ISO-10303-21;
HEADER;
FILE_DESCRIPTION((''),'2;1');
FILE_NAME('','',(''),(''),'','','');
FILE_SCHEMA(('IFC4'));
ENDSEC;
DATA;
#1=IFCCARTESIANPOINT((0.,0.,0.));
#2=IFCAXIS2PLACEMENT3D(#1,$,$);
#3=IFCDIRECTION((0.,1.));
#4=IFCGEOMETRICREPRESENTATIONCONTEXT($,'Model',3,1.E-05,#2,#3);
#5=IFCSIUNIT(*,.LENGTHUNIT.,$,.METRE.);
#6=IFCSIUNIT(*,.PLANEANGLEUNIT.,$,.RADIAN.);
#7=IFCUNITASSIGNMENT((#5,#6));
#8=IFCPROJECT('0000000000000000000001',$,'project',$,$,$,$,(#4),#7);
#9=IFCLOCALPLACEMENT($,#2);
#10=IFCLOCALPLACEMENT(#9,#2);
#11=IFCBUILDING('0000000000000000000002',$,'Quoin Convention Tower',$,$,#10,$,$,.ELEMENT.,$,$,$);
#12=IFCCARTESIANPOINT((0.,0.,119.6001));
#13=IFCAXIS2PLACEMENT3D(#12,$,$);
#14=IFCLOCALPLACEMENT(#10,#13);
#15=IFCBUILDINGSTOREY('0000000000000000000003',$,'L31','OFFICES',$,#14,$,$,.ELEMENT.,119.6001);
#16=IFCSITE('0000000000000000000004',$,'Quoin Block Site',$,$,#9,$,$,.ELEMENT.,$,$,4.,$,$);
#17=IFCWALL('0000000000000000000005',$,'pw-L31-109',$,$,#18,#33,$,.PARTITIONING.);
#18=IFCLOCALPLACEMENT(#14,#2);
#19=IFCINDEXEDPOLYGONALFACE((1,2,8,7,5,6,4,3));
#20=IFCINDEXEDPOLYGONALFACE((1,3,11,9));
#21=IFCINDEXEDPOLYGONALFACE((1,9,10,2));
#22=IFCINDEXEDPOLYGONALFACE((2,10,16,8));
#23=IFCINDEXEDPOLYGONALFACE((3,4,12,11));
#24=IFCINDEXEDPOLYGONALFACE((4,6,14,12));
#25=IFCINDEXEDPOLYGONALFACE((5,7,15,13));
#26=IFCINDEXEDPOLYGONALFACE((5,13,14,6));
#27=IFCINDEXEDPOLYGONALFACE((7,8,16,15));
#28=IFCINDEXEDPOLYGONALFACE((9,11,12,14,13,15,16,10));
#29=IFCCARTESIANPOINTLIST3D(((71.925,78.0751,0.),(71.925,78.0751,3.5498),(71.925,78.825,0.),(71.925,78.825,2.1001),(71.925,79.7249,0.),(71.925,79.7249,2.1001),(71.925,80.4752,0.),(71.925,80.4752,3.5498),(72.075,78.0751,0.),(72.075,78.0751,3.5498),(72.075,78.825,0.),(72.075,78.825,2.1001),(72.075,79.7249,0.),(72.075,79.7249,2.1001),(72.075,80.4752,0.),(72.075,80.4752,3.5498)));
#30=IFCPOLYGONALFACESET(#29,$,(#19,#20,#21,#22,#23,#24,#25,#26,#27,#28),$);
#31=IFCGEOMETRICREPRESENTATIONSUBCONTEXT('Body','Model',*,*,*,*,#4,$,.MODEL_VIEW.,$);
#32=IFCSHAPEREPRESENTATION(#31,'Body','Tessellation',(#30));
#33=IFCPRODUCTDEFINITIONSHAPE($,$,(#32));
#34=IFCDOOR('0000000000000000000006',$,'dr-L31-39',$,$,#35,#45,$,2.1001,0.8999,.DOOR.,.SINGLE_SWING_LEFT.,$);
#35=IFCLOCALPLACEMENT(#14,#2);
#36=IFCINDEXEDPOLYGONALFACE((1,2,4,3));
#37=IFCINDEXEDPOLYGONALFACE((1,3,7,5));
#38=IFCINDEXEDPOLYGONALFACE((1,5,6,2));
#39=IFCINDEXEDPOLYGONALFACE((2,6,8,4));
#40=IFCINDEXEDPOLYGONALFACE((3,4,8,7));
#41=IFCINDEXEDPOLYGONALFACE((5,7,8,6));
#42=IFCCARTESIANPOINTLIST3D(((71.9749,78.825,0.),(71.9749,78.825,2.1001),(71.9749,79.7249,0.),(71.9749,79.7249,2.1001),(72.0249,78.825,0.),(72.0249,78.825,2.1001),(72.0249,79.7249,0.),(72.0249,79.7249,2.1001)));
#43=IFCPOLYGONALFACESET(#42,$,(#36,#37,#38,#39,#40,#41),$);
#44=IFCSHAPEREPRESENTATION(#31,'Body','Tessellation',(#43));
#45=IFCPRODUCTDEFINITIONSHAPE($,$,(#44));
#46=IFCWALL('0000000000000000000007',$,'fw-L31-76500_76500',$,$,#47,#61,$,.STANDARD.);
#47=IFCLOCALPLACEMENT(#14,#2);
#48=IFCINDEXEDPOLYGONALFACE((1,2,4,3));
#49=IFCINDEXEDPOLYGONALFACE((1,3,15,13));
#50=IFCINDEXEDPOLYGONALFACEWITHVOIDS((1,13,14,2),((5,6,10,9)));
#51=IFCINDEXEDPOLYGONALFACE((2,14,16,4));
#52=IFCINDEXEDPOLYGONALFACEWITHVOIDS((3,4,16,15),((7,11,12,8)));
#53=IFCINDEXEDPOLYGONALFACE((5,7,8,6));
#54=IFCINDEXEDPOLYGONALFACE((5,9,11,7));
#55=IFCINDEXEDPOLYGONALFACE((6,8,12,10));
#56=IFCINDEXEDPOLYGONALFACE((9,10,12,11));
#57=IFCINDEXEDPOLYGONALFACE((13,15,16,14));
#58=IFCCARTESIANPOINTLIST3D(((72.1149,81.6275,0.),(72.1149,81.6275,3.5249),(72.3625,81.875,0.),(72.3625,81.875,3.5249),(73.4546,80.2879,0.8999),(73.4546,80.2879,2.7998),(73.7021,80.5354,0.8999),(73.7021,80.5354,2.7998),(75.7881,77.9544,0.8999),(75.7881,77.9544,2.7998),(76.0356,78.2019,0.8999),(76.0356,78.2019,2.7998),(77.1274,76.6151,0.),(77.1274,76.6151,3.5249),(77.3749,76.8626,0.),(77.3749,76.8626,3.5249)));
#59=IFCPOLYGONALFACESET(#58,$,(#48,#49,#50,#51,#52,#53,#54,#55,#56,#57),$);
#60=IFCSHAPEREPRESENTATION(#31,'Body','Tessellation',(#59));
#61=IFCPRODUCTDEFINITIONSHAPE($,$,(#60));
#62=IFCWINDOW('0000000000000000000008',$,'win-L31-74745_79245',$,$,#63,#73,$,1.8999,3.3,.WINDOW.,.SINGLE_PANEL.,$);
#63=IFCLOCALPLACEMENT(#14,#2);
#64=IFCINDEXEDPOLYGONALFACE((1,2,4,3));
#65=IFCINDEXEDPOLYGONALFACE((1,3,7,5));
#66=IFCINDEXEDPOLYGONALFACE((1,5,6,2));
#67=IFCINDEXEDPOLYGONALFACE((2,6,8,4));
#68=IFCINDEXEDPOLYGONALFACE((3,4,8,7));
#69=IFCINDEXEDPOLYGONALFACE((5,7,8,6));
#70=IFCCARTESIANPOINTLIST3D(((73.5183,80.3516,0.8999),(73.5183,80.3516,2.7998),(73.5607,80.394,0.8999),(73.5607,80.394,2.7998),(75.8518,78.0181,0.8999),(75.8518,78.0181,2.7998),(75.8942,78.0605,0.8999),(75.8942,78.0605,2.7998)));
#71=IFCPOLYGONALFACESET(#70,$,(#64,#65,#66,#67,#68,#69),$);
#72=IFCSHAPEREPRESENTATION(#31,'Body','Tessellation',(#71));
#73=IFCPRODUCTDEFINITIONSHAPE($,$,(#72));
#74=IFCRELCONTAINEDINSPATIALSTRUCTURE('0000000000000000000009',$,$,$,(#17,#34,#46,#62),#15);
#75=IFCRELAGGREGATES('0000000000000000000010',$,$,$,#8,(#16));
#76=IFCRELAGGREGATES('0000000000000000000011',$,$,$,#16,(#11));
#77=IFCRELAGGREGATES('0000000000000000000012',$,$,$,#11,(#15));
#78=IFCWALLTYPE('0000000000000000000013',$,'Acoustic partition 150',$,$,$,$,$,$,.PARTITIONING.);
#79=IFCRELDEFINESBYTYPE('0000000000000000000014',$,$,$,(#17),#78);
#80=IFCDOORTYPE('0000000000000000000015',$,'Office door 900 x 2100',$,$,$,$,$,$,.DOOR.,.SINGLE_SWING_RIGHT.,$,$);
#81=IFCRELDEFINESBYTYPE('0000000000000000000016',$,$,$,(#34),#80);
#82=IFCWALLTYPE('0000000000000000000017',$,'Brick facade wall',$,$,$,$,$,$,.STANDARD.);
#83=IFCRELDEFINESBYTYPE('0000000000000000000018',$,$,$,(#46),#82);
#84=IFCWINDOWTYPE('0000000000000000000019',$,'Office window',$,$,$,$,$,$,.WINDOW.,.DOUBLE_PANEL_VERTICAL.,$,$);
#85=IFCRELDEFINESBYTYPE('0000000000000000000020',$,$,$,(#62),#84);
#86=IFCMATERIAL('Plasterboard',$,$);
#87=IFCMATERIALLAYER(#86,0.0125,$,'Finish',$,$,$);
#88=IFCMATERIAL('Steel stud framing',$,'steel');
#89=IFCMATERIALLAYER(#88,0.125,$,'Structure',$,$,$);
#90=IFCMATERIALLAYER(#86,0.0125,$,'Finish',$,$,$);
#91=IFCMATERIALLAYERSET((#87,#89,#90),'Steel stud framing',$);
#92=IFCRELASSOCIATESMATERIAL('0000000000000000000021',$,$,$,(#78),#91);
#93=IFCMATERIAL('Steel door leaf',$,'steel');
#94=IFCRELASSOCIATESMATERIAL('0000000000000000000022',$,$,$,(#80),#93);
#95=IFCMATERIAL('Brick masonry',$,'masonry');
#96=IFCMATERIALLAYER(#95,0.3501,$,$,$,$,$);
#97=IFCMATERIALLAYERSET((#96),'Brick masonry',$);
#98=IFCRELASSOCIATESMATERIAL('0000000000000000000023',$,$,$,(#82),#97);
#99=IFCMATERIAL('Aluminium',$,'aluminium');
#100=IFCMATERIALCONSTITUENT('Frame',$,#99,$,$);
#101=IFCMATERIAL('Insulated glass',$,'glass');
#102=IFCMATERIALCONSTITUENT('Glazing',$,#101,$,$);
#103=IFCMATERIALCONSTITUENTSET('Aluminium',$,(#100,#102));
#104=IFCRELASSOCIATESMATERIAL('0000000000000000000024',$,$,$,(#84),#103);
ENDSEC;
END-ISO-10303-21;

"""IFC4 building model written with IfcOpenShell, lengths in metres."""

from ifc_helpers import new_model, si_unit, direction, frame, frame_2d, origin, place, context, subcontext, project, spatial, rectangle, extrude, material, layer, layer_set, constituent, constituent_set, type_object, element, fill, save


model = new_model("IFC4")

# Units and contexts
model_context = context("Model", 3, precision=1e-05, world=origin(), true_north=direction((0.0, 1.0)))
body_context = subcontext(model_context, "Body", "Model", "MODEL_VIEW")
ifc_project = project(units=[si_unit("LENGTHUNIT", "METRE"), si_unit("PLANEANGLEUNIT", "RADIAN")], contexts=[model_context])

# Site, building, storey
site_placement = place(None, origin())
site = spatial("IfcSite", under=ifc_project, at=site_placement, Name="Quoin Block Site", CompositionType="ELEMENT", RefElevation=4.0)
building_placement = place(site_placement, origin())
building = spatial("IfcBuilding", under=site, at=building_placement, Name="Quoin Convention Tower", CompositionType="ELEMENT")
storey_placement = place(building_placement, frame((0.0, 0.0, 119.6001)))
storey = spatial("IfcBuildingStorey", under=building, at=storey_placement, Name="L31", Description="OFFICES", CompositionType="ELEMENT", Elevation=119.6001)

# Wall, opening, door
ifc_material_1 = material(Name="Plasterboard")
ifc_layer_1 = layer(ifc_material_1, 0.0125, Name="Finish")
ifc_material_2 = material(Name="Steel stud framing", Category="steel")
ifc_layer_2 = layer(ifc_material_2, 0.125, Name="Structure")
ifc_layer_3 = layer(ifc_material_1, 0.0125, Name="Finish")
ifc_layer_set_1 = layer_set([ifc_layer_1, ifc_layer_2, ifc_layer_3], Name="Steel stud framing")
wall_type_1 = type_object("IfcWallType", Name="Acoustic partition 150", PredefinedType="PARTITIONING", material=ifc_layer_set_1)
ifc_material_3 = material(Name="Steel door leaf", Category="steel")
door_type = type_object("IfcDoorType", Name="Office door 900 x 2100", OperationType="SINGLE_SWING_RIGHT", PredefinedType="DOOR", material=ifc_material_3)
wall_1_placement = place(storey_placement, frame((72.0, 78.075, 0.0), z_axis=(0.0, 0.0, 1.0), x_axis=(0.0, 1.0, 0.0)))
wall_1 = element("IfcWall", 1, at=wall_1_placement, inside=storey, type_object=wall_type_1, Name="pw-L31-109", PredefinedType="PARTITIONING", context=body_context, shape_type="SweptSolid", body=[
    extrude(rectangle(XDim=2.4001, YDim=0.1499, at=frame_2d((1.2002, 0.0))), origin(), (0.0, 0.0, 1.0), 3.5498),
])
opening_1_placement = place(wall_1_placement, frame((0.75, 0.0, 0.0)))
opening_1 = element("IfcOpeningElement", 2, at=opening_1_placement, cuts=wall_1, PredefinedType="OPENING", context=body_context, shape_type="SweptSolid", body=[
    extrude(rectangle(XDim=0.8999, YDim=2.1001, at=frame_2d((0.45, 1.05))), frame((0.0, 0.085, 0.0), z_axis=(0.0, -1.0, 0.0), x_axis=(1.0, 0.0, 0.0)), (0.0, 0.0, 1.0), 0.1699),
])
door_1_placement = place(opening_1_placement, frame((0.8999, 0.0, 0.0), z_axis=(0.0, 0.0, 1.0), x_axis=(-1.0, 0.0, 0.0)))
door_1 = element("IfcDoor", 3, at=door_1_placement, inside=storey, type_object=door_type, Name="dr-L31-39", OperationType="SINGLE_SWING_LEFT", OverallHeight=2.1001, OverallWidth=0.8999, PredefinedType="DOOR", context=body_context, shape_type="SweptSolid", body=[
    extrude(rectangle(XDim=0.8999, YDim=2.1001, at=frame_2d((0.45, 1.05))), frame((0.0, 0.0249, 0.0), z_axis=(0.0, -1.0, 0.0), x_axis=(1.0, 0.0, 0.0)), (0.0, 0.0, 1.0), 0.05),
])
fill(opening_1, door_1)

# Wall, opening, window
ifc_material_4 = material(Name="Brick masonry", Category="masonry")
ifc_layer_4 = layer(ifc_material_4, 0.3501)
ifc_layer_set_2 = layer_set([ifc_layer_4], Name="Brick masonry")
wall_type_2 = type_object("IfcWallType", Name="Brick facade wall", PredefinedType="STANDARD", material=ifc_layer_set_2)
wall_2_placement = place(storey_placement, frame((77.2512, 76.7388, 0.0), z_axis=(0.0, 0.0, 1.0), x_axis=(-0.707107, 0.707107, 0.0)))
wall_2 = element("IfcWall", 4, at=wall_2_placement, inside=storey, type_object=wall_type_2, Name="fw-L31-76500_76500", PredefinedType="STANDARD", context=body_context, shape_type="SweptSolid", body=[
    extrude(rectangle(XDim=7.0886, YDim=0.3501, at=frame_2d((3.5444, 0.0))), origin(), (0.0, 0.0, 1.0), 3.5249),
])
opening_2_placement = place(wall_2_placement, frame((1.8943, 0.0, 0.8999)))
opening_2 = element("IfcOpeningElement", 5, at=opening_2_placement, cuts=wall_2, PredefinedType="OPENING", context=body_context, shape_type="SweptSolid", body=[
    extrude(rectangle(XDim=3.3, YDim=1.8999, at=frame_2d((1.6499, 0.95))), frame((0.0, 0.1851, 0.0), z_axis=(0.0, -1.0, 0.0), x_axis=(1.0, 0.0, 0.0)), (0.0, 0.0, 1.0), 0.3701),
])
ifc_material_5 = material(Name="Aluminium", Category="aluminium")
ifc_constituent_1 = constituent(ifc_material_5, Name="Frame")
ifc_material_6 = material(Name="Insulated glass", Category="glass")
ifc_constituent_2 = constituent(ifc_material_6, Name="Glazing")
ifc_constituent_set = constituent_set(constituents=[ifc_constituent_1, ifc_constituent_2], Name="Aluminium")
window_type = type_object("IfcWindowType", Name="Office window", PartitioningType="DOUBLE_PANEL_VERTICAL", PredefinedType="WINDOW", material=ifc_constituent_set)
window_1_placement = place(opening_2_placement, origin())
window_1 = element("IfcWindow", 6, at=window_1_placement, inside=storey, type_object=window_type, Name="win-L31-74745_79245", OverallHeight=1.8999, OverallWidth=3.3, PartitioningType="SINGLE_PANEL", PredefinedType="WINDOW", context=body_context, shape_type="SweptSolid", body=[
    extrude(rectangle(XDim=3.3, YDim=1.8999, at=frame_2d((1.6499, 0.95))), frame((0.0, 0.085, 0.0), z_axis=(0.0, -1.0, 0.0), x_axis=(1.0, 0.0, 0.0)), (0.0, 0.0, 1.0), 0.0601),
])
fill(opening_2, window_1)

save(model, "model.ifc")
